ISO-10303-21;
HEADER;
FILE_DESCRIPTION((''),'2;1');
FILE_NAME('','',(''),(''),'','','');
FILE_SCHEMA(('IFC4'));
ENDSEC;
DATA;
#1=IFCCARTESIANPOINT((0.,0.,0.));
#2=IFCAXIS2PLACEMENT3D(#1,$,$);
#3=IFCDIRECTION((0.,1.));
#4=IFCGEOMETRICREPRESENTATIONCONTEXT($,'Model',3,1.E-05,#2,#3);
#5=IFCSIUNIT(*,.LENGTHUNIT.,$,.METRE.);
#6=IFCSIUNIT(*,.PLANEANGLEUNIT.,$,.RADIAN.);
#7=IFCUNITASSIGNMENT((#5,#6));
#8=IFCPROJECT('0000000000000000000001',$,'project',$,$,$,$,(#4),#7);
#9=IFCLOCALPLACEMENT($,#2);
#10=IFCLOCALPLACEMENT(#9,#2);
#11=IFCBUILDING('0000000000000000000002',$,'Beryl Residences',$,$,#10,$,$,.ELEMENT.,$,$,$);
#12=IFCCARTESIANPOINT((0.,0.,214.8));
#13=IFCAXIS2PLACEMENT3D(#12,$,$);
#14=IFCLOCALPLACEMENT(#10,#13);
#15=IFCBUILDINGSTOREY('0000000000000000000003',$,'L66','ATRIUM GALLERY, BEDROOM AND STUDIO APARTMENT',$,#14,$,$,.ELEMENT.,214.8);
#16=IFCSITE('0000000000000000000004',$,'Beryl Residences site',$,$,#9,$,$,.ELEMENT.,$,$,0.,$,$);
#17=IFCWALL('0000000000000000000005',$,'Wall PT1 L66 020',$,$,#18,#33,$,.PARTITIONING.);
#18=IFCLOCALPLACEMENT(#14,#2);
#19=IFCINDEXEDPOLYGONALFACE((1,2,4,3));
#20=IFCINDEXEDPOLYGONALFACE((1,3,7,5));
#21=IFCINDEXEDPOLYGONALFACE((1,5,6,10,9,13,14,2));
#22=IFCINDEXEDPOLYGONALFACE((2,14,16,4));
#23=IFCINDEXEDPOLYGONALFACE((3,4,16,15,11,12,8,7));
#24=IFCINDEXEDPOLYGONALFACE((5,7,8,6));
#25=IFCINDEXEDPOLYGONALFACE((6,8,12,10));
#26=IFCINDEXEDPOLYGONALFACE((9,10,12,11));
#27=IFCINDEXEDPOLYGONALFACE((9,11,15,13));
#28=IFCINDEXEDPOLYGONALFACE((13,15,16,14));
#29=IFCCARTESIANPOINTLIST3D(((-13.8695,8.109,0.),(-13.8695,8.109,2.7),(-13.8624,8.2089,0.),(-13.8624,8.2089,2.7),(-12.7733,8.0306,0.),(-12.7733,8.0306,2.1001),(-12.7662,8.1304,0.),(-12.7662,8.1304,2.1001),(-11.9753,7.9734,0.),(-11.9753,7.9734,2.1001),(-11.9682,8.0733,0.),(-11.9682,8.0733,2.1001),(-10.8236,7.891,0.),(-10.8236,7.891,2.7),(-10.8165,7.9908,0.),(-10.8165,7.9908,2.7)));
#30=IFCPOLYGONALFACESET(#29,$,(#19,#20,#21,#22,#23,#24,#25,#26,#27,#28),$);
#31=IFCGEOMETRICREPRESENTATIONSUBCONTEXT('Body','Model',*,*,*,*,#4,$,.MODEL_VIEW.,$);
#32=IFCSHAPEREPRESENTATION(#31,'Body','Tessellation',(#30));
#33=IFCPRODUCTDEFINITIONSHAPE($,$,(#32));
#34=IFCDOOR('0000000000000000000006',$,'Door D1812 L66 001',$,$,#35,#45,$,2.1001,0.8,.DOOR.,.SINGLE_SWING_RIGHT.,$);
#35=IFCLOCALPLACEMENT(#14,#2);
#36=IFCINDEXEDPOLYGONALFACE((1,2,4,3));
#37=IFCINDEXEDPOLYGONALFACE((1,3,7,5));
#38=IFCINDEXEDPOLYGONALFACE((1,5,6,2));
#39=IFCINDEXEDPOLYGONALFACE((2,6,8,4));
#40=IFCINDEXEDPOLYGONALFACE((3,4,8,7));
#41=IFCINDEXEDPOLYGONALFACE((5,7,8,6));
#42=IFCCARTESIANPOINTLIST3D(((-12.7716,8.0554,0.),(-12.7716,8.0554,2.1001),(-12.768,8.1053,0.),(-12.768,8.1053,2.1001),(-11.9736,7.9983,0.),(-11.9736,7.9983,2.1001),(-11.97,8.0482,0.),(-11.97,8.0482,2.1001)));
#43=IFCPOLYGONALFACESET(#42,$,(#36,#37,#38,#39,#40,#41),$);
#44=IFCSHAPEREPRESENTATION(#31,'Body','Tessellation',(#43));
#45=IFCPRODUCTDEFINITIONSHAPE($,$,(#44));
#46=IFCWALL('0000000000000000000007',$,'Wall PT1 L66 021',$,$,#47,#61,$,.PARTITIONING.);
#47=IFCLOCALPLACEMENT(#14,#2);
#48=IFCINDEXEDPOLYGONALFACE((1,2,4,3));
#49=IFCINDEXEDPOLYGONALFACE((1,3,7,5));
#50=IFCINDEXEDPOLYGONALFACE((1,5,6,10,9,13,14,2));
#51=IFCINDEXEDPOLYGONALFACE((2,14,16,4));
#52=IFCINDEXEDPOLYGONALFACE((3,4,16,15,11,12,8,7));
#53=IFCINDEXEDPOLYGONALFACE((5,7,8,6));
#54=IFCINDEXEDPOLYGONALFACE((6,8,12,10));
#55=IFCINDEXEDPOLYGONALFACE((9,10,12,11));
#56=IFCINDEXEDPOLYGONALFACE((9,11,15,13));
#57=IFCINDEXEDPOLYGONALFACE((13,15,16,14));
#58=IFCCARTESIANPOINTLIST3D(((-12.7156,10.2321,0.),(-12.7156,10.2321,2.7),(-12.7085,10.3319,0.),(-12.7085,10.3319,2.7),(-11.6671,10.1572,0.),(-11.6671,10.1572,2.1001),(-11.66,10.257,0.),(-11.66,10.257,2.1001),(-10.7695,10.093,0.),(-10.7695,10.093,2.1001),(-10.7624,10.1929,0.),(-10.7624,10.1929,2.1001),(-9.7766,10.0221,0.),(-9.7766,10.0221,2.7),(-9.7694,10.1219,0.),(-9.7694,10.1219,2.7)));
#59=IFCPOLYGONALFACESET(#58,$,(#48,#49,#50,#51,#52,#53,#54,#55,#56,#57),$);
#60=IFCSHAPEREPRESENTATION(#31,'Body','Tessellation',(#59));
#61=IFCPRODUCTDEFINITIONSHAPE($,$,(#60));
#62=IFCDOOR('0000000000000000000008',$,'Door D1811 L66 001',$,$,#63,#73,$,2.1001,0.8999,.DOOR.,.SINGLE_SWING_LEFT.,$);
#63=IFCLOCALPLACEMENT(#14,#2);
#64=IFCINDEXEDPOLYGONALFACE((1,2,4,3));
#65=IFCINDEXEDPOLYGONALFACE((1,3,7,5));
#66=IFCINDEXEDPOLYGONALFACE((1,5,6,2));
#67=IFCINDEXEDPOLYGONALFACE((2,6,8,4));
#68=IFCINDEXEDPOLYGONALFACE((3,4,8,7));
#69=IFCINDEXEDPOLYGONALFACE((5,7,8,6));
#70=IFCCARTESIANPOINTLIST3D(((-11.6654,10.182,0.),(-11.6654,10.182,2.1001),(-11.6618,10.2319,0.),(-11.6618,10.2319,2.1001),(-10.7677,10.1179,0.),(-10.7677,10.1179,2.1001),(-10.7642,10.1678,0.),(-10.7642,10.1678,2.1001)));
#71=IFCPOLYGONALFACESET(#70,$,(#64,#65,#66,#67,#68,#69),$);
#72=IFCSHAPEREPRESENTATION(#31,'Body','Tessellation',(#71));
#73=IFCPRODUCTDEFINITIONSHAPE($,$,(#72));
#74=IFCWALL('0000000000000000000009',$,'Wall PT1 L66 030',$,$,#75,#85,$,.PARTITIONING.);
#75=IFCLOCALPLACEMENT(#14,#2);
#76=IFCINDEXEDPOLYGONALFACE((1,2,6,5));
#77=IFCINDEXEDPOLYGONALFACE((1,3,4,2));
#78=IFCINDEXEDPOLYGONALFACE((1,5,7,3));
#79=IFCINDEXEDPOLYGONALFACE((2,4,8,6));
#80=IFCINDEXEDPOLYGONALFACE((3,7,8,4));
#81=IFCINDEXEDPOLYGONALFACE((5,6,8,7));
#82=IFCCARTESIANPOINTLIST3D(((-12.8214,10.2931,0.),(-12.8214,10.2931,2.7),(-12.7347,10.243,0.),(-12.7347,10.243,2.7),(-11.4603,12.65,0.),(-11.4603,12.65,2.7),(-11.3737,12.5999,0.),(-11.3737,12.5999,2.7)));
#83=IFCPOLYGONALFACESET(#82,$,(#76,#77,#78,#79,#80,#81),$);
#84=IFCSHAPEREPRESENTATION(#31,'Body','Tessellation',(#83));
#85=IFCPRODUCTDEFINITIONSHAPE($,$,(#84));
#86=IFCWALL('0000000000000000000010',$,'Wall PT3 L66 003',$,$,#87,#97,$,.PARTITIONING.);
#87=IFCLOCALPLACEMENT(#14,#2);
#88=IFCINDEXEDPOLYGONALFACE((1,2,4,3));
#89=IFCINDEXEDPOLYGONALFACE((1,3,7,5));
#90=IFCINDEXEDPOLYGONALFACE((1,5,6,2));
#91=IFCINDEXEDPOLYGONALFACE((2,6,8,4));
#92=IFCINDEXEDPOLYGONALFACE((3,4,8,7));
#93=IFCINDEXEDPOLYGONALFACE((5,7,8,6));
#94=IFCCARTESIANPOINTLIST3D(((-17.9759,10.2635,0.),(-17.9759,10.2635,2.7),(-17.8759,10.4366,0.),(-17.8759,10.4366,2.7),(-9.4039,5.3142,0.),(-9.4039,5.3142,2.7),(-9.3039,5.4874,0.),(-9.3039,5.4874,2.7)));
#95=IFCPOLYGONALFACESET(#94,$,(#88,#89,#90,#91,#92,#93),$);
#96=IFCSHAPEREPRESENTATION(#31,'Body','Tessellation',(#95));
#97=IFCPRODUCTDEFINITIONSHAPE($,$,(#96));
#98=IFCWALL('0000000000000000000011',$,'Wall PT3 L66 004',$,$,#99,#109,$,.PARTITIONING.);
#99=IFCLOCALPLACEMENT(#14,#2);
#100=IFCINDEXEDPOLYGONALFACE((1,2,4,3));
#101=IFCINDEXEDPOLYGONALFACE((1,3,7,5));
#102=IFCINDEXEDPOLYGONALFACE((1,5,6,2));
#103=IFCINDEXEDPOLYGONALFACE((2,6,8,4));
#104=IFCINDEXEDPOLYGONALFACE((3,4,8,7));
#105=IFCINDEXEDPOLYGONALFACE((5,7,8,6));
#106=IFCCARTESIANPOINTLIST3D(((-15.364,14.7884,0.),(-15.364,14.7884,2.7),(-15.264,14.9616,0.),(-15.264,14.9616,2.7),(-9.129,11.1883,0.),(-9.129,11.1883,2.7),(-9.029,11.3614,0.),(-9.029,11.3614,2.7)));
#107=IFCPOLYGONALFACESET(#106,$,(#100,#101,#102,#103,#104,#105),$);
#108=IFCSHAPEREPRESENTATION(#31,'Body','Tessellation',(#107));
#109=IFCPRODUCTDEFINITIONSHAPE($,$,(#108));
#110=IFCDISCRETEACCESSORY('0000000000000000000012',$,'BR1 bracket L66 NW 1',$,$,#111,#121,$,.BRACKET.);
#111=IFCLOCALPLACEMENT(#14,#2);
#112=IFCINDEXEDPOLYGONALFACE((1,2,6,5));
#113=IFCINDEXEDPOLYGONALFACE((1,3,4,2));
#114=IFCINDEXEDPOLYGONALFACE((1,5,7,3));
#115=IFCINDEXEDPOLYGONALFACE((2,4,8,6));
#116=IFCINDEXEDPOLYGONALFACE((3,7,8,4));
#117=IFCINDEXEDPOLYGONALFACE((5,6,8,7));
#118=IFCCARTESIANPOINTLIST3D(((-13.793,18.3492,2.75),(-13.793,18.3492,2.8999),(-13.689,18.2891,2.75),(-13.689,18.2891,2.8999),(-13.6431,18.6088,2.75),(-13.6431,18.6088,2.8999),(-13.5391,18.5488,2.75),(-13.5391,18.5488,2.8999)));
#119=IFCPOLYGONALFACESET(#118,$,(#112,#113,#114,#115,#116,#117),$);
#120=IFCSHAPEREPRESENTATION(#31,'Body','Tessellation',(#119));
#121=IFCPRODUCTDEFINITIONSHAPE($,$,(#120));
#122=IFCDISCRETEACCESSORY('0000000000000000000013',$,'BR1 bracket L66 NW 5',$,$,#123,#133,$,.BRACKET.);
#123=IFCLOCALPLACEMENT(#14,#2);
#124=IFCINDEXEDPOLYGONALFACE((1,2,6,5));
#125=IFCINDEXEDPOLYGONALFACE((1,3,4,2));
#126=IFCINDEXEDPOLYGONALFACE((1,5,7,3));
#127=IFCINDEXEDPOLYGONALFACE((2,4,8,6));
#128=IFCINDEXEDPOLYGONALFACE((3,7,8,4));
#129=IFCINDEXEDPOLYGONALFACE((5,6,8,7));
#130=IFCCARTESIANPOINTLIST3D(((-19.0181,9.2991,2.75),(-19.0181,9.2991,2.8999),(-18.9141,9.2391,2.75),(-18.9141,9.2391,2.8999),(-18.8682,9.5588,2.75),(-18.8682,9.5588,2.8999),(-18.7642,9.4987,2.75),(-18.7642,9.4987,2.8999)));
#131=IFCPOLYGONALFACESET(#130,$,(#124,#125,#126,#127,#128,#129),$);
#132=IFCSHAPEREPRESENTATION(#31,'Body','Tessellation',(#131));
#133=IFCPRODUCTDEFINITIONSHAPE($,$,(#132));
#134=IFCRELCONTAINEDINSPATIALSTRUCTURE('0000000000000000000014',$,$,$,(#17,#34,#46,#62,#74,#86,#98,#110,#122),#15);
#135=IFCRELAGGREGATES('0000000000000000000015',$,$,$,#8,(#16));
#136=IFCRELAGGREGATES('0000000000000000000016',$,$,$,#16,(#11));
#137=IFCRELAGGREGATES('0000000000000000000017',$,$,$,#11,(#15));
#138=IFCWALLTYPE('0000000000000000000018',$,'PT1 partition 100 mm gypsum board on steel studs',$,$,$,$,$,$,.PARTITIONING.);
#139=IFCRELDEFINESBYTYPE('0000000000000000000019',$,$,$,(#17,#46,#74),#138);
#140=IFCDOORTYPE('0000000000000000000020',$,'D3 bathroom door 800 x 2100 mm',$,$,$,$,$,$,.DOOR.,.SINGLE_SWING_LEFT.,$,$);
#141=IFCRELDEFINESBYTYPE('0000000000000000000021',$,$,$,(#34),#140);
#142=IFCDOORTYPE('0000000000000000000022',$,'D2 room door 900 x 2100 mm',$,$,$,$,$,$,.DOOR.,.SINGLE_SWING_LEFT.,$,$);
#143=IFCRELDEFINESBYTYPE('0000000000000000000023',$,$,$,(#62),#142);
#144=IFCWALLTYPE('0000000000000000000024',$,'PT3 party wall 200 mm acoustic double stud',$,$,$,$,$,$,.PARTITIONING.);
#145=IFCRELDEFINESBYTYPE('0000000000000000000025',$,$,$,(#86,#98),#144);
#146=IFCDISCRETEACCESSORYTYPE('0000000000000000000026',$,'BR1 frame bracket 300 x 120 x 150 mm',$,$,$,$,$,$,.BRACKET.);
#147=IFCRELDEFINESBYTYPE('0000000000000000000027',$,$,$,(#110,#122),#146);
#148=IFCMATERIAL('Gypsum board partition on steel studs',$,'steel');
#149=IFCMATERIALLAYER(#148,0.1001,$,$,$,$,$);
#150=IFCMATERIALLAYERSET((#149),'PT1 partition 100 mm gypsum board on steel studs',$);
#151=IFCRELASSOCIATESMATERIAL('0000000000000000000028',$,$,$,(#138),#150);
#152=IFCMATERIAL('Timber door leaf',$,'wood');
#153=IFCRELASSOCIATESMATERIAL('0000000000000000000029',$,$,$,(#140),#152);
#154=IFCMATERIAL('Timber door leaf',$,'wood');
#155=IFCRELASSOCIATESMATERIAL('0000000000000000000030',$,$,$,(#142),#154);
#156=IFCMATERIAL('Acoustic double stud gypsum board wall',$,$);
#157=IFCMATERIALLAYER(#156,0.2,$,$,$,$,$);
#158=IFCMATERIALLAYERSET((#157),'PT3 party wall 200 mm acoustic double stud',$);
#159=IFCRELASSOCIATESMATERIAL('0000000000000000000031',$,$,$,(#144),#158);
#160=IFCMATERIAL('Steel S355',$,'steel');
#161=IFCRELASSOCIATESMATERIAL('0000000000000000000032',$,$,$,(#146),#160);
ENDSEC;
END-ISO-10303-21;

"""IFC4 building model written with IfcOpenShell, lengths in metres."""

from ifc_helpers import new_model, si_unit, direction, frame, frame_2d, origin, place, context, subcontext, project, spatial, polyline, rectangle, outline, extrude, source, transform, mapped, material, layer, layer_set, type_object, type_shapes, element, fill, save


model = new_model("IFC4")

# Units and contexts
model_context = context("Model", 3, precision=1e-05, world=origin(), true_north=direction((0.0, 1.0)))
body_context = subcontext(model_context, "Body", "Model", "MODEL_VIEW")
ifc_project = project(units=[si_unit("LENGTHUNIT", "METRE"), si_unit("PLANEANGLEUNIT", "RADIAN")], contexts=[model_context])

# Site, building, storey
site_placement = place(None, origin())
site = spatial("IfcSite", under=ifc_project, at=site_placement, Name="Beryl Residences site", CompositionType="ELEMENT", RefElevation=0.0)
building_placement = place(site_placement, origin())
building = spatial("IfcBuilding", under=site, at=building_placement, Name="Beryl Residences", CompositionType="ELEMENT")
storey_placement = place(building_placement, frame((0.0, 0.0, 214.8)))
storey = spatial("IfcBuildingStorey", under=building, at=storey_placement, Name="L66", Description="ATRIUM GALLERY, BEDROOM AND STUDIO APARTMENT", CompositionType="ELEMENT", Elevation=214.8)

# Walls, openings, doors
ifc_material_1 = material(Name="Gypsum board partition on steel studs", Category="steel")
ifc_layer_1 = layer(ifc_material_1, 0.1001)
ifc_layer_set_1 = layer_set([ifc_layer_1], Name="PT1 partition 100 mm gypsum board on steel studs")
wall_type_1 = type_object("IfcWallType", Name="PT1 partition 100 mm gypsum board on steel studs", PredefinedType="PARTITIONING", material=ifc_layer_set_1)
wall_1_placement = place(storey_placement, frame((-13.866, 8.1589, 0.0), z_axis=(0.0, 0.0, 1.0), x_axis=(0.997448, -0.071395, 0.0)))
wall_1 = element("IfcWall", 1, at=wall_1_placement, inside=storey, type_object=wall_type_1, Name="Wall PT1 L66 020", PredefinedType="PARTITIONING", context=body_context, shape_type="SweptSolid", body=[
    extrude(rectangle(XDim=3.0537, YDim=0.1001, at=frame_2d((1.5269, 0.0))), origin(), (0.0, 0.0, 1.0), 2.7),
])
opening_1_placement = place(wall_1_placement, frame((1.0991, 0.0, 0.0)))
opening_1 = element("IfcOpeningElement", 2, at=opening_1_placement, cuts=wall_1, PredefinedType="OPENING", context=body_context, shape_type="SweptSolid", body=[
    extrude(rectangle(XDim=0.8, YDim=2.1001, at=frame_2d((0.3999, 1.05))), frame((0.0, 0.0601, 0.0), z_axis=(0.0, -1.0, 0.0), x_axis=(1.0, 0.0, 0.0)), (0.0, 0.0, 1.0), 0.1201),
])
ifc_material_2 = material(Name="Timber door leaf", Category="wood")
door_type_1 = type_object("IfcDoorType", Name="D3 bathroom door 800 x 2100 mm", OperationType="SINGLE_SWING_LEFT", PredefinedType="DOOR", material=ifc_material_2)
door_1_placement = place(opening_1_placement, origin())
door_1 = element("IfcDoor", 3, at=door_1_placement, inside=storey, type_object=door_type_1, Name="Door D1812 L66 001", OperationType="SINGLE_SWING_RIGHT", OverallHeight=2.1001, OverallWidth=0.8, PredefinedType="DOOR", context=body_context, shape_type="SweptSolid", body=[
    extrude(rectangle(XDim=0.8, YDim=2.1001, at=frame_2d((0.3999, 1.05))), frame((0.0, 0.0249, 0.0), z_axis=(0.0, -1.0, 0.0), x_axis=(1.0, 0.0, 0.0)), (0.0, 0.0, 1.0), 0.05),
])
fill(opening_1, door_1)
wall_2_placement = place(storey_placement, frame((-12.7119, 10.282, 0.0), z_axis=(0.0, 0.0, 1.0), x_axis=(0.997458, -0.071259, 0.0)))
wall_2 = element("IfcWall", 4, at=wall_2_placement, inside=storey, type_object=wall_type_1, Name="Wall PT1 L66 021", PredefinedType="PARTITIONING", context=body_context, shape_type="SweptSolid", body=[
    extrude(rectangle(XDim=2.9465, YDim=0.1001, at=frame_2d((1.4731, 0.0))), origin(), (0.0, 0.0, 1.0), 2.7),
])
opening_2_placement = place(wall_2_placement, frame((1.051, 0.0, 0.0)))
opening_2 = element("IfcOpeningElement", 5, at=opening_2_placement, cuts=wall_2, PredefinedType="OPENING", context=body_context, shape_type="SweptSolid", body=[
    extrude(rectangle(XDim=0.8999, YDim=2.1001, at=frame_2d((0.45, 1.05))), frame((0.0, 0.0601, 0.0), z_axis=(0.0, -1.0, 0.0), x_axis=(1.0, 0.0, 0.0)), (0.0, 0.0, 1.0), 0.1201),
])
ifc_material_3 = material(Name="Timber door leaf", Category="wood")
door_type_2 = type_object("IfcDoorType", Name="D2 room door 900 x 2100 mm", OperationType="SINGLE_SWING_LEFT", PredefinedType="DOOR", material=ifc_material_3)
door_2_placement = place(opening_2_placement, origin())
door_2 = element("IfcDoor", 6, at=door_2_placement, inside=storey, type_object=door_type_2, Name="Door D1811 L66 001", OperationType="SINGLE_SWING_LEFT", OverallHeight=2.1001, OverallWidth=0.8999, PredefinedType="DOOR", context=body_context, shape_type="SweptSolid", body=[
    extrude(rectangle(XDim=0.8999, YDim=2.1001, at=frame_2d((0.45, 1.05))), frame((0.0, 0.0249, 0.0), z_axis=(0.0, -1.0, 0.0), x_axis=(1.0, 0.0, 0.0)), (0.0, 0.0, 1.0), 0.05),
])
fill(opening_2, door_2)

# Walls
wall_3_placement = place(storey_placement, frame((-12.7781, 10.2681, 0.0), z_axis=(0.0, 0.0, 1.0), x_axis=(0.500085, 0.865976, 0.0)))
element("IfcWall", 7, at=wall_3_placement, inside=storey, type_object=wall_type_1, Name="Wall PT1 L66 030", PredefinedType="PARTITIONING", context=body_context, shape_type="SweptSolid", body=[
    extrude(rectangle(XDim=2.7217, YDim=0.1001, at=frame_2d((1.3608, 0.0))), origin(), (0.0, 0.0, 1.0), 2.7),
])
ifc_material_4 = material(Name="Acoustic double stud gypsum board wall")
ifc_layer_2 = layer(ifc_material_4, 0.2)
ifc_layer_set_2 = layer_set([ifc_layer_2], Name="PT3 party wall 200 mm acoustic double stud")
wall_type_2 = type_object("IfcWallType", Name="PT3 party wall 200 mm acoustic double stud", PredefinedType="PARTITIONING", material=ifc_layer_set_2)
wall_4_placement = place(storey_placement, frame((-17.926, 10.3501, 0.0), z_axis=(0.0, 0.0, 1.0), x_axis=(0.866018, -0.500012, 0.0)))
element("IfcWall", 8, at=wall_4_placement, inside=storey, type_object=wall_type_2, Name="Wall PT3 L66 003", PredefinedType="PARTITIONING", context=body_context, shape_type="SweptSolid", body=[
    extrude(rectangle(XDim=9.8982, YDim=0.2, at=frame_2d((4.9492, 0.0))), origin(), (0.0, 0.0, 1.0), 2.7),
])
wall_5_placement = place(storey_placement, frame((-15.314, 14.875, 0.0), z_axis=(0.0, 0.0, 1.0), x_axis=(0.866001, -0.500041, 0.0)))
element("IfcWall", 9, at=wall_5_placement, inside=storey, type_object=wall_type_2, Name="Wall PT3 L66 004", PredefinedType="PARTITIONING", context=body_context, shape_type="SweptSolid", body=[
    extrude(rectangle(XDim=7.1997, YDim=0.2, at=frame_2d((3.5999, 0.0))), origin(), (0.0, 0.0, 1.0), 2.7),
])

# Discrete accessories
ifc_material_5 = material(Name="Steel S355", Category="steel")
discrete_accessory_type = type_object("IfcDiscreteAccessoryType", Name="BR1 frame bracket 300 x 120 x 150 mm", PredefinedType="BRACKET", material=ifc_material_5)
shared_shape_1 = source(origin(), body_context, "Body", "SweptSolid", [
    extrude(outline(polyline([(-0.1499, 0.0), (0.1499, 0.0), (0.1499, 0.1201), (-0.1499, 0.1201), (-0.1499, 0.0)])), origin(), (0.0, 0.0, 1.0), 0.1499),
])
type_shapes(discrete_accessory_type, [shared_shape_1])
for number, where, z_axis, x_axis, name in (
    (10, (-13.614, 18.4189, 2.75), (0.0, 0.0, 1.0), (0.5, 0.866025, 0.0), "BR1 bracket L66 NW 1"),
    (11, (-18.8391, 9.3689, 2.75), (0.0, 0.0, 1.0), (0.5, 0.866025, 0.0), "BR1 bracket L66 NW 5"),
):
    element("IfcDiscreteAccessory", number, at=place(storey_placement, frame(where, z_axis=z_axis, x_axis=x_axis)), inside=storey, type_object=discrete_accessory_type, Name=name, PredefinedType="BRACKET", context=body_context, shape_type="MappedRepresentation", body=[
        mapped(shared_shape_1, transform((0.0, 0.0, 0.0))),
    ])

save(model, "model.ifc")
